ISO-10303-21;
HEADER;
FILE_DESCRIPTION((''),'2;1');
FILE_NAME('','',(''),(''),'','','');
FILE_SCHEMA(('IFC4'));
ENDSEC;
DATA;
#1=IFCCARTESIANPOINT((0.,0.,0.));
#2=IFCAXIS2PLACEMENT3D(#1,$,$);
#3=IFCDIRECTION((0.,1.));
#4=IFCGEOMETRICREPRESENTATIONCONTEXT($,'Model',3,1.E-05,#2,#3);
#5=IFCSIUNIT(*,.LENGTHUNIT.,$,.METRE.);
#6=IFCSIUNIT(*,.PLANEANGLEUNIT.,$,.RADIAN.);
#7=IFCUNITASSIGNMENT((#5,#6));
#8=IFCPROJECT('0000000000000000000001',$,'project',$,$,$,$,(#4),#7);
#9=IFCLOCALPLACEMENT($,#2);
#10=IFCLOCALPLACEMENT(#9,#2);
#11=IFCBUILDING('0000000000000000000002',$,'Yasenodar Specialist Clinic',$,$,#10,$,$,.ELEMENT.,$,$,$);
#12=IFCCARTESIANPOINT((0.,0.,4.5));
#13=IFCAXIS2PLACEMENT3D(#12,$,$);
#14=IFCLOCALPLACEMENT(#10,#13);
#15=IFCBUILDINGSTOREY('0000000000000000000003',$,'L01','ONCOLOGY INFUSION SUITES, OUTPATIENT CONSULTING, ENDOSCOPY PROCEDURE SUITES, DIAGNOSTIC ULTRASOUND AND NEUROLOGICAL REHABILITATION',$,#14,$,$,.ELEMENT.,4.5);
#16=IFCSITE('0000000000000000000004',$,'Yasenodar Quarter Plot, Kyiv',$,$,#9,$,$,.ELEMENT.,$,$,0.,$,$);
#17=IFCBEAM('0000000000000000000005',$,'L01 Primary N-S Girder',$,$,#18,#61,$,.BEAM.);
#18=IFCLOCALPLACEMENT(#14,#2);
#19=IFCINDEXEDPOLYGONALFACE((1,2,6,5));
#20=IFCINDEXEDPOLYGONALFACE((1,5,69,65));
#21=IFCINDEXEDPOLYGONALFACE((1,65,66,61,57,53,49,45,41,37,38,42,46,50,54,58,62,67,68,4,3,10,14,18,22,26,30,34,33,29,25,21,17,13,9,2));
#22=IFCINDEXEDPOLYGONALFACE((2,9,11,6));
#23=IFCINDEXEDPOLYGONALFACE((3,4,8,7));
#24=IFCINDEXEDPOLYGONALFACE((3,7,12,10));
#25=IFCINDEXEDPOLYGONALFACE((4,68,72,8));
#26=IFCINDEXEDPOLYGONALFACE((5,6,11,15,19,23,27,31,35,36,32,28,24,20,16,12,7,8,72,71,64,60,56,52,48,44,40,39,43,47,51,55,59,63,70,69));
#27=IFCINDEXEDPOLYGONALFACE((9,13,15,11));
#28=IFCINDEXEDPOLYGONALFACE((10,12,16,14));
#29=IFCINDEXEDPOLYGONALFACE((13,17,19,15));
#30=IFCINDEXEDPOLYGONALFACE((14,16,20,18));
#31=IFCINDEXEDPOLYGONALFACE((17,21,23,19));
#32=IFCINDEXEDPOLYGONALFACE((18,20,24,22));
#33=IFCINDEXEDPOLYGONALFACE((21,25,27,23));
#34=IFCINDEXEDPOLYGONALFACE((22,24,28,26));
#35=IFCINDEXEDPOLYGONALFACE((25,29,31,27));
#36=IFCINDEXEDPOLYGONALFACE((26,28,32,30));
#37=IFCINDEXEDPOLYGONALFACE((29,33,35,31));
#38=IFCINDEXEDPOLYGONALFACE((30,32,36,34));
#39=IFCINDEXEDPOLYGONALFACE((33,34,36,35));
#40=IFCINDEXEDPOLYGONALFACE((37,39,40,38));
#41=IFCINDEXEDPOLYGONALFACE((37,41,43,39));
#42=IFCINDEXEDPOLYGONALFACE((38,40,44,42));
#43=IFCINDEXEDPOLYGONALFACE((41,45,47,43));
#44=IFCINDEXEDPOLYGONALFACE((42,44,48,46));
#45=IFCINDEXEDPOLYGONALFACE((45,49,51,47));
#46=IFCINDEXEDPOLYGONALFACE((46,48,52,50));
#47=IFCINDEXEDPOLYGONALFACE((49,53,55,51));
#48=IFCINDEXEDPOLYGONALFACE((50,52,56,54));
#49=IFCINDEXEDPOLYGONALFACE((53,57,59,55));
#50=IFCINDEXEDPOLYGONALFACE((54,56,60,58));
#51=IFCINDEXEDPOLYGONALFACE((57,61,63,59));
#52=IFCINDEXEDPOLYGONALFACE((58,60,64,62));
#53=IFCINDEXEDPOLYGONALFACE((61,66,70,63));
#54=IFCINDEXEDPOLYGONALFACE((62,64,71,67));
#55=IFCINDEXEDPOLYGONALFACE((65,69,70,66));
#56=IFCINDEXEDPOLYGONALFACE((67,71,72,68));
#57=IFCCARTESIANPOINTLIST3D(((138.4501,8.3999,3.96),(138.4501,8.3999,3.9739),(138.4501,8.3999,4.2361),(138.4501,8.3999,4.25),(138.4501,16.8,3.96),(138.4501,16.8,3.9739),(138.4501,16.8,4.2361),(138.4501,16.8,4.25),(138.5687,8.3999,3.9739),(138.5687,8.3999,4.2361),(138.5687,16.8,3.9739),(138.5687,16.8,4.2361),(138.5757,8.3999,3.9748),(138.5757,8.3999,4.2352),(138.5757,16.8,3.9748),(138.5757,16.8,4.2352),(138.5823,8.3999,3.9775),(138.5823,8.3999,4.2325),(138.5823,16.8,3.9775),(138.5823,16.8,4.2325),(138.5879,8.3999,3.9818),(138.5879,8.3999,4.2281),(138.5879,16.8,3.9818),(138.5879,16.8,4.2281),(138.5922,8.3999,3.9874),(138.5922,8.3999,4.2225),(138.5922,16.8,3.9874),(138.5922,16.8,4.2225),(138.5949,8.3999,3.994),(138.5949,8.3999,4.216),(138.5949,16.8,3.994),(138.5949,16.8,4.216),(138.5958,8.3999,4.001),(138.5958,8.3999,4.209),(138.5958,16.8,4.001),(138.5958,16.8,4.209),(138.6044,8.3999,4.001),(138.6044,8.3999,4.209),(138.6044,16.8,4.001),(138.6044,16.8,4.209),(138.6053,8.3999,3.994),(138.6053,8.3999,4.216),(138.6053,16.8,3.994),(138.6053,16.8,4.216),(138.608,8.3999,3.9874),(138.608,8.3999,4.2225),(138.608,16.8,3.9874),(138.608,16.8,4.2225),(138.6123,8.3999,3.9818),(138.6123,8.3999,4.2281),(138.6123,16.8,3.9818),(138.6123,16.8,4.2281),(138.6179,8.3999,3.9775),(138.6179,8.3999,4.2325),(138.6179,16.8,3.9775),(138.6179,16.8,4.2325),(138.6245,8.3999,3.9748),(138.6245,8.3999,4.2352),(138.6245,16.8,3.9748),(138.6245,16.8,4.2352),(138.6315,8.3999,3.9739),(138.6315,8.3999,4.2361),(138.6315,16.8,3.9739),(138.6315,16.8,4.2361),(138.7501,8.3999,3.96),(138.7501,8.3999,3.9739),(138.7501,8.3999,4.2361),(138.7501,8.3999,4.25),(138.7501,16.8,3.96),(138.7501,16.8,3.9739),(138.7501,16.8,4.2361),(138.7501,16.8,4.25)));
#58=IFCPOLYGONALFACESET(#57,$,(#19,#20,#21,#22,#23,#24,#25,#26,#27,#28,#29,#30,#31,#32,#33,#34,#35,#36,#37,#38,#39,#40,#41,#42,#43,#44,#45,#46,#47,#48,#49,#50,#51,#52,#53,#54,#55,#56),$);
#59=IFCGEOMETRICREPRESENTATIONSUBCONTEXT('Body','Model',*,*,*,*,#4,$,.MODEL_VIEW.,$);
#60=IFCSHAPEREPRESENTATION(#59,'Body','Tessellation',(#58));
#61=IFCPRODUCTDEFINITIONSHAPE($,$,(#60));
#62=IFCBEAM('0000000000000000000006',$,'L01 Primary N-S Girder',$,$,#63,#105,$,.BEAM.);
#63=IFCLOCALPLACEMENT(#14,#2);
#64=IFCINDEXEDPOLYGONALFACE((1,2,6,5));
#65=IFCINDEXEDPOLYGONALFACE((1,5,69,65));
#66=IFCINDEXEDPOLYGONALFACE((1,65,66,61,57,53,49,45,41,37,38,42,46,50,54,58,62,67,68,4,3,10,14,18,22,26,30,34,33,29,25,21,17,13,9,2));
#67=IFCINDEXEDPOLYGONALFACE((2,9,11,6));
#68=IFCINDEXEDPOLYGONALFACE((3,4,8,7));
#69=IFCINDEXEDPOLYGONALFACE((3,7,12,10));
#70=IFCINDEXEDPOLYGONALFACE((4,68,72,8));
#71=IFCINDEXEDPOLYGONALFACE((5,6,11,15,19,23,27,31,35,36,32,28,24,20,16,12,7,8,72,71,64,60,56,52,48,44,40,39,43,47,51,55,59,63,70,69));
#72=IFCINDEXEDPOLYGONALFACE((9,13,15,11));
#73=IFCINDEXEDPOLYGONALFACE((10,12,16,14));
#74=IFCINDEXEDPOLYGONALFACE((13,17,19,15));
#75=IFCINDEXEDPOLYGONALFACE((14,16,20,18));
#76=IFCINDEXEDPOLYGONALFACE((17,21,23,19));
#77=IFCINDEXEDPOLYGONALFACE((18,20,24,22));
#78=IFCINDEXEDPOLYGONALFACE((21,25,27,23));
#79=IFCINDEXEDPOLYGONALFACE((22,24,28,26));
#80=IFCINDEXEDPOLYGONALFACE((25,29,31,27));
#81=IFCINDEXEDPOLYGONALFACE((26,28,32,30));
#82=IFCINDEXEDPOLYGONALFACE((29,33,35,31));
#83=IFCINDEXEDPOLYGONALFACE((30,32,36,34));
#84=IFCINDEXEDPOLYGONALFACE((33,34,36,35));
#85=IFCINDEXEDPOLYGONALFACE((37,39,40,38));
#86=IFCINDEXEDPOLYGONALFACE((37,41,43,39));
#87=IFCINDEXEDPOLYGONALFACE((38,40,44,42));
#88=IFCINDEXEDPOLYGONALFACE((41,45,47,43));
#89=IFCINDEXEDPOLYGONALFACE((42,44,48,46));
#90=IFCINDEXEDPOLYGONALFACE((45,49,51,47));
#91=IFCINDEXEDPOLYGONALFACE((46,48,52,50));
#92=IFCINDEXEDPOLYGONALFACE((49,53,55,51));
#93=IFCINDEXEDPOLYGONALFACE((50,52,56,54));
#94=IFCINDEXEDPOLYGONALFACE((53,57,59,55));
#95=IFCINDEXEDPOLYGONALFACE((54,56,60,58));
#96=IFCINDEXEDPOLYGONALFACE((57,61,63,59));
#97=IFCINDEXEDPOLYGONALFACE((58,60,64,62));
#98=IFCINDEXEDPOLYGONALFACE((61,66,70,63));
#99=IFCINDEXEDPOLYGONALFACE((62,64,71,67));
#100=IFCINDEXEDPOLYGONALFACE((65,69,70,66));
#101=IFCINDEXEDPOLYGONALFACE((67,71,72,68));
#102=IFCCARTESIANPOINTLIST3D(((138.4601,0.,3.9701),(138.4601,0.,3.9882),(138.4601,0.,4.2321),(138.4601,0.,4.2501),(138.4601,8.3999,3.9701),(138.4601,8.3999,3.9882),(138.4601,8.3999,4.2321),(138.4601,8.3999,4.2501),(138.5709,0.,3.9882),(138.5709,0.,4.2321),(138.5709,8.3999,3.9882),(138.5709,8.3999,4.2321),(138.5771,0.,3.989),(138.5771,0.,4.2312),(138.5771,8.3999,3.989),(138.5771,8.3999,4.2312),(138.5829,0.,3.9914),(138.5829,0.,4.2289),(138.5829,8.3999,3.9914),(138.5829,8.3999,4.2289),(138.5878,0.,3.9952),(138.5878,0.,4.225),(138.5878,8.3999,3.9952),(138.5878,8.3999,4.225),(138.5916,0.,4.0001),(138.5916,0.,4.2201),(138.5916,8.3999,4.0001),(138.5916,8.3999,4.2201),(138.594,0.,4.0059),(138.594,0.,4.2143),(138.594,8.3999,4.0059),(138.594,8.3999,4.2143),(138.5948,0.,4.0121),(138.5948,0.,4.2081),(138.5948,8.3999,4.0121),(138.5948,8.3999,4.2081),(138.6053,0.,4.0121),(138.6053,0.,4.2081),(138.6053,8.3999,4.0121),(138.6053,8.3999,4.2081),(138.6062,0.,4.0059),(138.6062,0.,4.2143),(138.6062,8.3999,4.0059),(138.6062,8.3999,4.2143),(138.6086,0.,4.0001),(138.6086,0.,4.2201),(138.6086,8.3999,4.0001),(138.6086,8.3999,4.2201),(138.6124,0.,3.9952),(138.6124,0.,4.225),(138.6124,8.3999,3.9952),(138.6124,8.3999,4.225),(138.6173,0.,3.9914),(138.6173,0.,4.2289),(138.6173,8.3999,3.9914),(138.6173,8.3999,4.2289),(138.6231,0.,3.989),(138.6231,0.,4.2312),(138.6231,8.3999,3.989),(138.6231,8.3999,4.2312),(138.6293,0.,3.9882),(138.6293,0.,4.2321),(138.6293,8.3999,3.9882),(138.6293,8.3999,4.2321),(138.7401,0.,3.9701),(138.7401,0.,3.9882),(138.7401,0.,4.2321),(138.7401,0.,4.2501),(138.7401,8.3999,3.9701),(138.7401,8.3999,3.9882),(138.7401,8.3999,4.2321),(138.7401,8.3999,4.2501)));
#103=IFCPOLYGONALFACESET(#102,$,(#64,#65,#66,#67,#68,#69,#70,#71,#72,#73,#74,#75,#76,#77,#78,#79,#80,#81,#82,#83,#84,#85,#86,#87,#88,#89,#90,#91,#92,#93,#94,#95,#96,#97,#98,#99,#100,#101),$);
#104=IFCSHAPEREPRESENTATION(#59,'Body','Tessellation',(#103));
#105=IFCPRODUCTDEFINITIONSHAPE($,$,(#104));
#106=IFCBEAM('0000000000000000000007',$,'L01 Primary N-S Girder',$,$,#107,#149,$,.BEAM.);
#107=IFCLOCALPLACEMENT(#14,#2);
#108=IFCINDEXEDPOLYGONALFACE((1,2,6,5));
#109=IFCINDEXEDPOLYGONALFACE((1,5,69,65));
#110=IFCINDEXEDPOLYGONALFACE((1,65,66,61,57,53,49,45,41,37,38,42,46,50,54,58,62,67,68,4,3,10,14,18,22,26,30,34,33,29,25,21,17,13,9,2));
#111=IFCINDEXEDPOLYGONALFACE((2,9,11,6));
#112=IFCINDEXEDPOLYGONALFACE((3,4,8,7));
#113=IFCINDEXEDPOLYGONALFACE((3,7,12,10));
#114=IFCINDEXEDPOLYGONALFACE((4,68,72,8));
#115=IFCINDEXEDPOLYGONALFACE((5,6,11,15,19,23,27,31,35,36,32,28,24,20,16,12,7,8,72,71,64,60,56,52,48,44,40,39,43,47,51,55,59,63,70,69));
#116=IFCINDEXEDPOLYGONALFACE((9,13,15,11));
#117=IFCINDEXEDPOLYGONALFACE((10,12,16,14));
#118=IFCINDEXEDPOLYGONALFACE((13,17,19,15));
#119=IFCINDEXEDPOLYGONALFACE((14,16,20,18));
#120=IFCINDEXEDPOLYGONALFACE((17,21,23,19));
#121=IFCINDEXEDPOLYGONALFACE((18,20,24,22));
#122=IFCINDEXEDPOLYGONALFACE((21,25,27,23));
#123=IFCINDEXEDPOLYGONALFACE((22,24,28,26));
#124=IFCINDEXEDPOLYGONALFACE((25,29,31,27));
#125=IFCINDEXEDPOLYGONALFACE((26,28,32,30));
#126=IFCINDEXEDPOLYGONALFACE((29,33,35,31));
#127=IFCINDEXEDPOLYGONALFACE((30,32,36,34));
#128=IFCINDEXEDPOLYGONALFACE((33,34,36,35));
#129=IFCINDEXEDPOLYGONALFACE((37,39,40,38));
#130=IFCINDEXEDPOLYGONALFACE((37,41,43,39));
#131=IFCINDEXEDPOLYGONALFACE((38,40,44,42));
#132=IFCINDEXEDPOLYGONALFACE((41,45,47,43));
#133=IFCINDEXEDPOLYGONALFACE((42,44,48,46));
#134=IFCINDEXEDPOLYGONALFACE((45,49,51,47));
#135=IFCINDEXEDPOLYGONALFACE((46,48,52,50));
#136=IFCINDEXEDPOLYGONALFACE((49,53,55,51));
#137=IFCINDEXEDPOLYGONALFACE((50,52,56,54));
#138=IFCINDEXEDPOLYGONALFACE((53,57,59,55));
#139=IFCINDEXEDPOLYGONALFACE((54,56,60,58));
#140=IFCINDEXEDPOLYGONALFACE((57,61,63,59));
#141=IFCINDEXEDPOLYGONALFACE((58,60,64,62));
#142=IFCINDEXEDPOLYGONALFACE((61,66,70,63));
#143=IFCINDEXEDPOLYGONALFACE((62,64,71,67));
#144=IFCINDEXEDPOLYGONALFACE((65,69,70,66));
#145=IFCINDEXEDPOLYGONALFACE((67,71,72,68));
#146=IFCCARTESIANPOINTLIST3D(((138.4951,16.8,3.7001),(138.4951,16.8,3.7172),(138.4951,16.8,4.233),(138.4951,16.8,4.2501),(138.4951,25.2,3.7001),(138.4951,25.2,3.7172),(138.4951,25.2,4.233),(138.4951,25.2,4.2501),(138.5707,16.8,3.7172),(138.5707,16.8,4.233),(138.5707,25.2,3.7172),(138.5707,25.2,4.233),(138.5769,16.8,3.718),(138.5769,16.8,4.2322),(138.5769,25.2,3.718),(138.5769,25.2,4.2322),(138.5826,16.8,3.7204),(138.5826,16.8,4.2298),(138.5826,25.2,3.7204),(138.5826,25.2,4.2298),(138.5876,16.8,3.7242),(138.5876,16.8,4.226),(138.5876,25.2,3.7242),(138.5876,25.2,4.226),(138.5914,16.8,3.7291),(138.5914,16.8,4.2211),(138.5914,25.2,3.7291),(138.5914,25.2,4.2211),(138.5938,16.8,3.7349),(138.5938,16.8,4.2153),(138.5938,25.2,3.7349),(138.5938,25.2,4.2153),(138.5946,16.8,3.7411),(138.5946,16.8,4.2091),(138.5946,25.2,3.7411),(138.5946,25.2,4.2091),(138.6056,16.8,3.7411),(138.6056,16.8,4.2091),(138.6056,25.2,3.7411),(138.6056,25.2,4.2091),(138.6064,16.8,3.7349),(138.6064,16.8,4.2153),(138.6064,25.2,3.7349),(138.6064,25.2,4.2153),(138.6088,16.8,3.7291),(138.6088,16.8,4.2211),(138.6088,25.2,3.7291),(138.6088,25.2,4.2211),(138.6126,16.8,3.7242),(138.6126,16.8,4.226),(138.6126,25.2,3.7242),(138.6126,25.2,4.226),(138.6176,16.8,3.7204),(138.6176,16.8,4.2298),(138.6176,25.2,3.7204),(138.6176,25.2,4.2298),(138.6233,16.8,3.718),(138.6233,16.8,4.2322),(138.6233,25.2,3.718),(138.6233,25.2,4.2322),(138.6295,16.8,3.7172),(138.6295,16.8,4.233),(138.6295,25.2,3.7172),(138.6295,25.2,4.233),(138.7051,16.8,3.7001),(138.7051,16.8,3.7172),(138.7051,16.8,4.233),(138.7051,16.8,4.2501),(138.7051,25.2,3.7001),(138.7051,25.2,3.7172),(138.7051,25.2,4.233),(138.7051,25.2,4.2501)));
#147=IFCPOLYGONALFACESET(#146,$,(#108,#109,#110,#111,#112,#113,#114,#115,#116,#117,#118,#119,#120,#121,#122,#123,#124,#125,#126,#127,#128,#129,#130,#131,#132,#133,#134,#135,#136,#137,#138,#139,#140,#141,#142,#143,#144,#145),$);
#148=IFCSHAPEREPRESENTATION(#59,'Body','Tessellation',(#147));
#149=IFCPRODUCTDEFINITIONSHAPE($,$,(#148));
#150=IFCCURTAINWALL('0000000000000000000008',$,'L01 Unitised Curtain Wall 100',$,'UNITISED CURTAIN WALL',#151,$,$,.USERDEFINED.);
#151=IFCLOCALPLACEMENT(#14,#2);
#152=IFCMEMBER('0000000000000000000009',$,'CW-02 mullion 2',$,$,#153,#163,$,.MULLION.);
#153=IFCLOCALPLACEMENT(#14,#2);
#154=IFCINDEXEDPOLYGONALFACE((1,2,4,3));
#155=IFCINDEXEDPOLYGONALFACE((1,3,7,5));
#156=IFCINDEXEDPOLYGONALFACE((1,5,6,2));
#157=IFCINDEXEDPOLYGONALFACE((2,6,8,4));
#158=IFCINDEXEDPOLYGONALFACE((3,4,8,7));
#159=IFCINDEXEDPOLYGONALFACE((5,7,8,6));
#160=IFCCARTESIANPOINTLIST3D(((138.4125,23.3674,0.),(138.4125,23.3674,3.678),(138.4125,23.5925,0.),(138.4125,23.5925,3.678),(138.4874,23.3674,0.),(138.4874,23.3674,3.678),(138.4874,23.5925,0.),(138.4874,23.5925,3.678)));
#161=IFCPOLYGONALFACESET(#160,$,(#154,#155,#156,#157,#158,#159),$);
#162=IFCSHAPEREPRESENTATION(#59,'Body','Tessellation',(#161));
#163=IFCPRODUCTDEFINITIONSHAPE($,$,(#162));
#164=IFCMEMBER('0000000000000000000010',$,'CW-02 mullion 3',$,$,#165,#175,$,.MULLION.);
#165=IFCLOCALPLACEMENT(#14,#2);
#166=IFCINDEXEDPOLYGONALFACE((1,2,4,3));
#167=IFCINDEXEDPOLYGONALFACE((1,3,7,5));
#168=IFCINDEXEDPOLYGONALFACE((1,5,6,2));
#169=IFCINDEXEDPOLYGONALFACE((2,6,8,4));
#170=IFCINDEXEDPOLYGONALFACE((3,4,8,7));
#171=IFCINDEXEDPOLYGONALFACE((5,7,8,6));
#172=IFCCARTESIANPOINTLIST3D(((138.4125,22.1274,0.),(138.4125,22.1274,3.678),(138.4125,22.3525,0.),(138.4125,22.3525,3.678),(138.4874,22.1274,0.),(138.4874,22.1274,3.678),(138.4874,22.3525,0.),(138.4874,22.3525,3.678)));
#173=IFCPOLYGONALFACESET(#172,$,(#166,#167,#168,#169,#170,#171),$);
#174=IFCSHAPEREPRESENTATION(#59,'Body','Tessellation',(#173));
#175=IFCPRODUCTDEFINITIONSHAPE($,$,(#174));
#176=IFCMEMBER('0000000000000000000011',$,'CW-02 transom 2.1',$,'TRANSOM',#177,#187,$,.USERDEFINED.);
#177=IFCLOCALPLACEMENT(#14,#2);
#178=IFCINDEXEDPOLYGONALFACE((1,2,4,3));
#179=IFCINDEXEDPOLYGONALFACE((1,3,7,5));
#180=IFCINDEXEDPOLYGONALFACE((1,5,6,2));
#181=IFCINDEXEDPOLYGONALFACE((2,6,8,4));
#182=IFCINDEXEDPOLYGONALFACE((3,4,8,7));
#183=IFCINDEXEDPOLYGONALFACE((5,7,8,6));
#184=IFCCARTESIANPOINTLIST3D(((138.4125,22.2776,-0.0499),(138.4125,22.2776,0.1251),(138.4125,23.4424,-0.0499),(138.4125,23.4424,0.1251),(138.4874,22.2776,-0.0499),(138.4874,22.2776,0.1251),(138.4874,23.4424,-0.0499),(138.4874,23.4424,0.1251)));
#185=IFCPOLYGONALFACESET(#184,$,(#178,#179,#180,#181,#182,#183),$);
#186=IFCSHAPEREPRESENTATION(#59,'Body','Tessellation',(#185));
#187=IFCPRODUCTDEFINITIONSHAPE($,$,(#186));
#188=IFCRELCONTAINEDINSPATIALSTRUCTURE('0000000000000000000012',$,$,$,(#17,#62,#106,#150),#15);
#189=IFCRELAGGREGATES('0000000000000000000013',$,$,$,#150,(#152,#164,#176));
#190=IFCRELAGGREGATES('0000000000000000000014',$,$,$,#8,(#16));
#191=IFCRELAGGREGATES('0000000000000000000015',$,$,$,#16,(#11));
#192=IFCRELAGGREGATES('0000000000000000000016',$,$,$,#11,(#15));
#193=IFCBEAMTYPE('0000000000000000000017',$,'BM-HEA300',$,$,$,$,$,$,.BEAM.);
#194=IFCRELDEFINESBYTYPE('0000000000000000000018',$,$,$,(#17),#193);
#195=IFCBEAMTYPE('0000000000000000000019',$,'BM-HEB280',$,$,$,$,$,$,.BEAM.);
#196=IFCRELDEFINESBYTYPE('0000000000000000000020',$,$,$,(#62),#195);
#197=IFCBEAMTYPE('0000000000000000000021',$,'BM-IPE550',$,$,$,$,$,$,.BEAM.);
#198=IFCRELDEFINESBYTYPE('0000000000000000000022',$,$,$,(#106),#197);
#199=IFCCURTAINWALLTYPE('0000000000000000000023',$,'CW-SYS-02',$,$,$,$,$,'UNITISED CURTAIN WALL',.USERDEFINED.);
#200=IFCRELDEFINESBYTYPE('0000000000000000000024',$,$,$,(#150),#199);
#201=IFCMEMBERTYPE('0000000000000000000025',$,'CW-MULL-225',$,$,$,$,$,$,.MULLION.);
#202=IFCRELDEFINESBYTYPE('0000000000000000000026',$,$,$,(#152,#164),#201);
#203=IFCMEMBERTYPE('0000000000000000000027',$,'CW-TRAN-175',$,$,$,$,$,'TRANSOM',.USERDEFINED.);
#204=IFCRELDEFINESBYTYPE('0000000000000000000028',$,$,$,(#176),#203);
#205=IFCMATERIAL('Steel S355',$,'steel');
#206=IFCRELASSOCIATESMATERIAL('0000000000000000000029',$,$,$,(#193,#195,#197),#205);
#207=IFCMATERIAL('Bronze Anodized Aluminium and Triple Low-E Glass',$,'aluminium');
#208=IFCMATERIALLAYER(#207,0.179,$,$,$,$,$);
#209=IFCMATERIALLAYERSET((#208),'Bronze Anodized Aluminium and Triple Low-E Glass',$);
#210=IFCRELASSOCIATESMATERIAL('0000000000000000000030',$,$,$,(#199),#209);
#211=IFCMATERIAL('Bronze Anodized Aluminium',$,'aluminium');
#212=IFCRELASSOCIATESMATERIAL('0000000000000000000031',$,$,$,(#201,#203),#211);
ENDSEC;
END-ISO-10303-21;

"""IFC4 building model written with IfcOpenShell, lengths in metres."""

from ifc_helpers import new_model, si_unit, direction, frame, origin, origin_2d, place, context, subcontext, project, spatial, rectangle, i_section, extrude, material, layer, layer_set, material_profile, profile_set, type_object, element, aggregate, save


model = new_model("IFC4")

# Units and contexts
model_context = context("Model", 3, precision=1e-05, world=origin(), true_north=direction((0.0, 1.0)))
body_context = subcontext(model_context, "Body", "Model", "MODEL_VIEW")
ifc_project = project(units=[si_unit("LENGTHUNIT", "METRE"), si_unit("PLANEANGLEUNIT", "RADIAN")], contexts=[model_context])

# Site, building, storey
site_placement = place(None, origin())
site = spatial("IfcSite", under=ifc_project, at=site_placement, Name="Yasenodar Quarter Plot, Kyiv", CompositionType="ELEMENT", RefElevation=0.0)
building_placement = place(site_placement, origin())
building = spatial("IfcBuilding", under=site, at=building_placement, Name="Yasenodar Specialist Clinic", CompositionType="ELEMENT")
storey_placement = place(building_placement, frame((0.0, 0.0, 4.5)))
storey = spatial("IfcBuildingStorey", under=building, at=storey_placement, Name="L01", Description="ONCOLOGY INFUSION SUITES, OUTPATIENT CONSULTING, ENDOSCOPY PROCEDURE SUITES, DIAGNOSTIC ULTRASOUND AND NEUROLOGICAL REHABILITATION", CompositionType="ELEMENT", Elevation=4.5)

# Shared definitions
ifc_material_1 = material(Name="Steel S355", Category="steel")

# Beams
ifc_material_profile_1 = material_profile(ifc_material_1, i_section(OverallWidth=0.3, OverallDepth=0.29, WebThickness=0.0085, FlangeThickness=0.0139, FilletRadius=0.0271, at=origin_2d()), Name="HEA 300")
ifc_profile_set_1 = profile_set([ifc_material_profile_1], Name="Steel S355")
beam_type_1 = type_object("IfcBeamType", Name="BM-HEA300", PredefinedType="BEAM", material=ifc_profile_set_1)
beam_1_placement = place(storey_placement, frame((138.6001, 8.3999, 4.105), z_axis=(0.0, 1.0, 0.0), x_axis=(-1.0, 0.0, 0.0)))
element("IfcBeam", 1, at=beam_1_placement, inside=storey, type_object=beam_type_1, Name="L01 Primary N-S Girder", PredefinedType="BEAM", context=body_context, shape_type="SweptSolid", body=[
    extrude(i_section(OverallWidth=0.3, OverallDepth=0.29, WebThickness=0.0085, FlangeThickness=0.0139, FilletRadius=0.0271, at=origin_2d()), origin(), (0.0, 0.0, 1.0), 8.4001),
])
ifc_material_profile_2 = material_profile(ifc_material_1, i_section(OverallWidth=0.28, OverallDepth=0.28, WebThickness=0.0105, FlangeThickness=0.0181, FilletRadius=0.0239, at=origin_2d()), Name="HEB 280")
ifc_profile_set_2 = profile_set([ifc_material_profile_2], Name="Steel S355")
beam_type_2 = type_object("IfcBeamType", Name="BM-HEB280", PredefinedType="BEAM", material=ifc_profile_set_2)
beam_2_placement = place(storey_placement, frame((138.6001, 0.0, 4.1101), z_axis=(0.0, 1.0, 0.0), x_axis=(-1.0, 0.0, 0.0)))
element("IfcBeam", 2, at=beam_2_placement, inside=storey, type_object=beam_type_2, Name="L01 Primary N-S Girder", PredefinedType="BEAM", context=body_context, shape_type="SweptSolid", body=[
    extrude(i_section(OverallWidth=0.28, OverallDepth=0.28, WebThickness=0.0105, FlangeThickness=0.0181, FilletRadius=0.0239, at=origin_2d()), origin(), (0.0, 0.0, 1.0), 8.3999),
])
ifc_material_profile_3 = material_profile(ifc_material_1, i_section(OverallWidth=0.21, OverallDepth=0.55, WebThickness=0.011, FlangeThickness=0.0171, FilletRadius=0.0239, at=origin_2d()), Name="IPE 550")
ifc_profile_set_3 = profile_set([ifc_material_profile_3], Name="Steel S355")
beam_type_3 = type_object("IfcBeamType", Name="BM-IPE550", PredefinedType="BEAM", material=ifc_profile_set_3)
beam_3_placement = place(storey_placement, frame((138.6001, 16.8, 3.9751), z_axis=(0.0, 1.0, 0.0), x_axis=(-1.0, 0.0, 0.0)))
element("IfcBeam", 3, at=beam_3_placement, inside=storey, type_object=beam_type_3, Name="L01 Primary N-S Girder", PredefinedType="BEAM", context=body_context, shape_type="SweptSolid", body=[
    extrude(i_section(OverallWidth=0.21, OverallDepth=0.55, WebThickness=0.011, FlangeThickness=0.0171, FilletRadius=0.0239, at=origin_2d()), origin(), (0.0, 0.0, 1.0), 8.3999),
])

# Curtain wall, members
ifc_material_2 = material(Name="Bronze Anodized Aluminium and Triple Low-E Glass", Category="aluminium")
ifc_layer_1 = layer(ifc_material_2, 0.179)
ifc_layer_set_1 = layer_set([ifc_layer_1], Name="Bronze Anodized Aluminium and Triple Low-E Glass")
curtain_wall_type = type_object("IfcCurtainWallType", Name="CW-SYS-02", ElementType="UNITISED CURTAIN WALL", PredefinedType="USERDEFINED", material=ifc_layer_set_1)
curtain_wall_placement = place(storey_placement, origin())
curtain_wall = element("IfcCurtainWall", 4, at=curtain_wall_placement, inside=storey, type_object=curtain_wall_type, Name="L01 Unitised Curtain Wall 100", ObjectType="UNITISED CURTAIN WALL", PredefinedType="USERDEFINED")
ifc_material_3 = material(Name="Bronze Anodized Aluminium", Category="aluminium")
ifc_material_profile_4 = material_profile(ifc_material_3, rectangle(XDim=0.075, YDim=0.2251, at=origin_2d()), Name="CW-MULL 75x225")
ifc_profile_set_4 = profile_set([ifc_material_profile_4], Name="Bronze Anodized Aluminium")
member_type_1 = type_object("IfcMemberType", Name="CW-MULL-225", PredefinedType="MULLION", material=ifc_profile_set_4)
member_1_placement = place(storey_placement, frame((138.45, 23.48, 0.0), z_axis=(0.0, 0.0, 1.0), x_axis=(1.0, 0.0, 0.0)))
member_1 = element("IfcMember", 5, at=member_1_placement, type_object=member_type_1, Name="CW-02 mullion 2", PredefinedType="MULLION", context=body_context, shape_type="SweptSolid", body=[
    extrude(rectangle(XDim=0.075, YDim=0.2251, at=origin_2d()), origin(), (0.0, 0.0, 1.0), 3.678),
])
member_2_placement = place(storey_placement, frame((138.45, 22.24, 0.0), z_axis=(0.0, 0.0, 1.0), x_axis=(1.0, 0.0, 0.0)))
member_2 = element("IfcMember", 6, at=member_2_placement, type_object=member_type_1, Name="CW-02 mullion 3", PredefinedType="MULLION", context=body_context, shape_type="SweptSolid", body=[
    extrude(rectangle(XDim=0.075, YDim=0.2251, at=origin_2d()), origin(), (0.0, 0.0, 1.0), 3.678),
])
ifc_material_profile_5 = material_profile(ifc_material_3, rectangle(XDim=0.075, YDim=0.175, at=origin_2d()), Name="CW-TRAN 75x175")
ifc_profile_set_5 = profile_set([ifc_material_profile_5], Name="Bronze Anodized Aluminium")
member_type_2 = type_object("IfcMemberType", Name="CW-TRAN-175", ElementType="TRANSOM", PredefinedType="USERDEFINED", material=ifc_profile_set_5)
member_3_placement = place(storey_placement, frame((138.45, 23.4424, 0.0376), z_axis=(0.0, -1.0, 0.0), x_axis=(1.0, 0.0, 0.0)))
member_3 = element("IfcMember", 7, at=member_3_placement, type_object=member_type_2, Name="CW-02 transom 2.1", ObjectType="TRANSOM", PredefinedType="USERDEFINED", context=body_context, shape_type="SweptSolid", body=[
    extrude(rectangle(XDim=0.075, YDim=0.175, at=origin_2d()), origin(), (0.0, 0.0, 1.0), 1.1648),
])
aggregate(curtain_wall, [member_1, member_2, member_3])

save(model, "model.ifc")
